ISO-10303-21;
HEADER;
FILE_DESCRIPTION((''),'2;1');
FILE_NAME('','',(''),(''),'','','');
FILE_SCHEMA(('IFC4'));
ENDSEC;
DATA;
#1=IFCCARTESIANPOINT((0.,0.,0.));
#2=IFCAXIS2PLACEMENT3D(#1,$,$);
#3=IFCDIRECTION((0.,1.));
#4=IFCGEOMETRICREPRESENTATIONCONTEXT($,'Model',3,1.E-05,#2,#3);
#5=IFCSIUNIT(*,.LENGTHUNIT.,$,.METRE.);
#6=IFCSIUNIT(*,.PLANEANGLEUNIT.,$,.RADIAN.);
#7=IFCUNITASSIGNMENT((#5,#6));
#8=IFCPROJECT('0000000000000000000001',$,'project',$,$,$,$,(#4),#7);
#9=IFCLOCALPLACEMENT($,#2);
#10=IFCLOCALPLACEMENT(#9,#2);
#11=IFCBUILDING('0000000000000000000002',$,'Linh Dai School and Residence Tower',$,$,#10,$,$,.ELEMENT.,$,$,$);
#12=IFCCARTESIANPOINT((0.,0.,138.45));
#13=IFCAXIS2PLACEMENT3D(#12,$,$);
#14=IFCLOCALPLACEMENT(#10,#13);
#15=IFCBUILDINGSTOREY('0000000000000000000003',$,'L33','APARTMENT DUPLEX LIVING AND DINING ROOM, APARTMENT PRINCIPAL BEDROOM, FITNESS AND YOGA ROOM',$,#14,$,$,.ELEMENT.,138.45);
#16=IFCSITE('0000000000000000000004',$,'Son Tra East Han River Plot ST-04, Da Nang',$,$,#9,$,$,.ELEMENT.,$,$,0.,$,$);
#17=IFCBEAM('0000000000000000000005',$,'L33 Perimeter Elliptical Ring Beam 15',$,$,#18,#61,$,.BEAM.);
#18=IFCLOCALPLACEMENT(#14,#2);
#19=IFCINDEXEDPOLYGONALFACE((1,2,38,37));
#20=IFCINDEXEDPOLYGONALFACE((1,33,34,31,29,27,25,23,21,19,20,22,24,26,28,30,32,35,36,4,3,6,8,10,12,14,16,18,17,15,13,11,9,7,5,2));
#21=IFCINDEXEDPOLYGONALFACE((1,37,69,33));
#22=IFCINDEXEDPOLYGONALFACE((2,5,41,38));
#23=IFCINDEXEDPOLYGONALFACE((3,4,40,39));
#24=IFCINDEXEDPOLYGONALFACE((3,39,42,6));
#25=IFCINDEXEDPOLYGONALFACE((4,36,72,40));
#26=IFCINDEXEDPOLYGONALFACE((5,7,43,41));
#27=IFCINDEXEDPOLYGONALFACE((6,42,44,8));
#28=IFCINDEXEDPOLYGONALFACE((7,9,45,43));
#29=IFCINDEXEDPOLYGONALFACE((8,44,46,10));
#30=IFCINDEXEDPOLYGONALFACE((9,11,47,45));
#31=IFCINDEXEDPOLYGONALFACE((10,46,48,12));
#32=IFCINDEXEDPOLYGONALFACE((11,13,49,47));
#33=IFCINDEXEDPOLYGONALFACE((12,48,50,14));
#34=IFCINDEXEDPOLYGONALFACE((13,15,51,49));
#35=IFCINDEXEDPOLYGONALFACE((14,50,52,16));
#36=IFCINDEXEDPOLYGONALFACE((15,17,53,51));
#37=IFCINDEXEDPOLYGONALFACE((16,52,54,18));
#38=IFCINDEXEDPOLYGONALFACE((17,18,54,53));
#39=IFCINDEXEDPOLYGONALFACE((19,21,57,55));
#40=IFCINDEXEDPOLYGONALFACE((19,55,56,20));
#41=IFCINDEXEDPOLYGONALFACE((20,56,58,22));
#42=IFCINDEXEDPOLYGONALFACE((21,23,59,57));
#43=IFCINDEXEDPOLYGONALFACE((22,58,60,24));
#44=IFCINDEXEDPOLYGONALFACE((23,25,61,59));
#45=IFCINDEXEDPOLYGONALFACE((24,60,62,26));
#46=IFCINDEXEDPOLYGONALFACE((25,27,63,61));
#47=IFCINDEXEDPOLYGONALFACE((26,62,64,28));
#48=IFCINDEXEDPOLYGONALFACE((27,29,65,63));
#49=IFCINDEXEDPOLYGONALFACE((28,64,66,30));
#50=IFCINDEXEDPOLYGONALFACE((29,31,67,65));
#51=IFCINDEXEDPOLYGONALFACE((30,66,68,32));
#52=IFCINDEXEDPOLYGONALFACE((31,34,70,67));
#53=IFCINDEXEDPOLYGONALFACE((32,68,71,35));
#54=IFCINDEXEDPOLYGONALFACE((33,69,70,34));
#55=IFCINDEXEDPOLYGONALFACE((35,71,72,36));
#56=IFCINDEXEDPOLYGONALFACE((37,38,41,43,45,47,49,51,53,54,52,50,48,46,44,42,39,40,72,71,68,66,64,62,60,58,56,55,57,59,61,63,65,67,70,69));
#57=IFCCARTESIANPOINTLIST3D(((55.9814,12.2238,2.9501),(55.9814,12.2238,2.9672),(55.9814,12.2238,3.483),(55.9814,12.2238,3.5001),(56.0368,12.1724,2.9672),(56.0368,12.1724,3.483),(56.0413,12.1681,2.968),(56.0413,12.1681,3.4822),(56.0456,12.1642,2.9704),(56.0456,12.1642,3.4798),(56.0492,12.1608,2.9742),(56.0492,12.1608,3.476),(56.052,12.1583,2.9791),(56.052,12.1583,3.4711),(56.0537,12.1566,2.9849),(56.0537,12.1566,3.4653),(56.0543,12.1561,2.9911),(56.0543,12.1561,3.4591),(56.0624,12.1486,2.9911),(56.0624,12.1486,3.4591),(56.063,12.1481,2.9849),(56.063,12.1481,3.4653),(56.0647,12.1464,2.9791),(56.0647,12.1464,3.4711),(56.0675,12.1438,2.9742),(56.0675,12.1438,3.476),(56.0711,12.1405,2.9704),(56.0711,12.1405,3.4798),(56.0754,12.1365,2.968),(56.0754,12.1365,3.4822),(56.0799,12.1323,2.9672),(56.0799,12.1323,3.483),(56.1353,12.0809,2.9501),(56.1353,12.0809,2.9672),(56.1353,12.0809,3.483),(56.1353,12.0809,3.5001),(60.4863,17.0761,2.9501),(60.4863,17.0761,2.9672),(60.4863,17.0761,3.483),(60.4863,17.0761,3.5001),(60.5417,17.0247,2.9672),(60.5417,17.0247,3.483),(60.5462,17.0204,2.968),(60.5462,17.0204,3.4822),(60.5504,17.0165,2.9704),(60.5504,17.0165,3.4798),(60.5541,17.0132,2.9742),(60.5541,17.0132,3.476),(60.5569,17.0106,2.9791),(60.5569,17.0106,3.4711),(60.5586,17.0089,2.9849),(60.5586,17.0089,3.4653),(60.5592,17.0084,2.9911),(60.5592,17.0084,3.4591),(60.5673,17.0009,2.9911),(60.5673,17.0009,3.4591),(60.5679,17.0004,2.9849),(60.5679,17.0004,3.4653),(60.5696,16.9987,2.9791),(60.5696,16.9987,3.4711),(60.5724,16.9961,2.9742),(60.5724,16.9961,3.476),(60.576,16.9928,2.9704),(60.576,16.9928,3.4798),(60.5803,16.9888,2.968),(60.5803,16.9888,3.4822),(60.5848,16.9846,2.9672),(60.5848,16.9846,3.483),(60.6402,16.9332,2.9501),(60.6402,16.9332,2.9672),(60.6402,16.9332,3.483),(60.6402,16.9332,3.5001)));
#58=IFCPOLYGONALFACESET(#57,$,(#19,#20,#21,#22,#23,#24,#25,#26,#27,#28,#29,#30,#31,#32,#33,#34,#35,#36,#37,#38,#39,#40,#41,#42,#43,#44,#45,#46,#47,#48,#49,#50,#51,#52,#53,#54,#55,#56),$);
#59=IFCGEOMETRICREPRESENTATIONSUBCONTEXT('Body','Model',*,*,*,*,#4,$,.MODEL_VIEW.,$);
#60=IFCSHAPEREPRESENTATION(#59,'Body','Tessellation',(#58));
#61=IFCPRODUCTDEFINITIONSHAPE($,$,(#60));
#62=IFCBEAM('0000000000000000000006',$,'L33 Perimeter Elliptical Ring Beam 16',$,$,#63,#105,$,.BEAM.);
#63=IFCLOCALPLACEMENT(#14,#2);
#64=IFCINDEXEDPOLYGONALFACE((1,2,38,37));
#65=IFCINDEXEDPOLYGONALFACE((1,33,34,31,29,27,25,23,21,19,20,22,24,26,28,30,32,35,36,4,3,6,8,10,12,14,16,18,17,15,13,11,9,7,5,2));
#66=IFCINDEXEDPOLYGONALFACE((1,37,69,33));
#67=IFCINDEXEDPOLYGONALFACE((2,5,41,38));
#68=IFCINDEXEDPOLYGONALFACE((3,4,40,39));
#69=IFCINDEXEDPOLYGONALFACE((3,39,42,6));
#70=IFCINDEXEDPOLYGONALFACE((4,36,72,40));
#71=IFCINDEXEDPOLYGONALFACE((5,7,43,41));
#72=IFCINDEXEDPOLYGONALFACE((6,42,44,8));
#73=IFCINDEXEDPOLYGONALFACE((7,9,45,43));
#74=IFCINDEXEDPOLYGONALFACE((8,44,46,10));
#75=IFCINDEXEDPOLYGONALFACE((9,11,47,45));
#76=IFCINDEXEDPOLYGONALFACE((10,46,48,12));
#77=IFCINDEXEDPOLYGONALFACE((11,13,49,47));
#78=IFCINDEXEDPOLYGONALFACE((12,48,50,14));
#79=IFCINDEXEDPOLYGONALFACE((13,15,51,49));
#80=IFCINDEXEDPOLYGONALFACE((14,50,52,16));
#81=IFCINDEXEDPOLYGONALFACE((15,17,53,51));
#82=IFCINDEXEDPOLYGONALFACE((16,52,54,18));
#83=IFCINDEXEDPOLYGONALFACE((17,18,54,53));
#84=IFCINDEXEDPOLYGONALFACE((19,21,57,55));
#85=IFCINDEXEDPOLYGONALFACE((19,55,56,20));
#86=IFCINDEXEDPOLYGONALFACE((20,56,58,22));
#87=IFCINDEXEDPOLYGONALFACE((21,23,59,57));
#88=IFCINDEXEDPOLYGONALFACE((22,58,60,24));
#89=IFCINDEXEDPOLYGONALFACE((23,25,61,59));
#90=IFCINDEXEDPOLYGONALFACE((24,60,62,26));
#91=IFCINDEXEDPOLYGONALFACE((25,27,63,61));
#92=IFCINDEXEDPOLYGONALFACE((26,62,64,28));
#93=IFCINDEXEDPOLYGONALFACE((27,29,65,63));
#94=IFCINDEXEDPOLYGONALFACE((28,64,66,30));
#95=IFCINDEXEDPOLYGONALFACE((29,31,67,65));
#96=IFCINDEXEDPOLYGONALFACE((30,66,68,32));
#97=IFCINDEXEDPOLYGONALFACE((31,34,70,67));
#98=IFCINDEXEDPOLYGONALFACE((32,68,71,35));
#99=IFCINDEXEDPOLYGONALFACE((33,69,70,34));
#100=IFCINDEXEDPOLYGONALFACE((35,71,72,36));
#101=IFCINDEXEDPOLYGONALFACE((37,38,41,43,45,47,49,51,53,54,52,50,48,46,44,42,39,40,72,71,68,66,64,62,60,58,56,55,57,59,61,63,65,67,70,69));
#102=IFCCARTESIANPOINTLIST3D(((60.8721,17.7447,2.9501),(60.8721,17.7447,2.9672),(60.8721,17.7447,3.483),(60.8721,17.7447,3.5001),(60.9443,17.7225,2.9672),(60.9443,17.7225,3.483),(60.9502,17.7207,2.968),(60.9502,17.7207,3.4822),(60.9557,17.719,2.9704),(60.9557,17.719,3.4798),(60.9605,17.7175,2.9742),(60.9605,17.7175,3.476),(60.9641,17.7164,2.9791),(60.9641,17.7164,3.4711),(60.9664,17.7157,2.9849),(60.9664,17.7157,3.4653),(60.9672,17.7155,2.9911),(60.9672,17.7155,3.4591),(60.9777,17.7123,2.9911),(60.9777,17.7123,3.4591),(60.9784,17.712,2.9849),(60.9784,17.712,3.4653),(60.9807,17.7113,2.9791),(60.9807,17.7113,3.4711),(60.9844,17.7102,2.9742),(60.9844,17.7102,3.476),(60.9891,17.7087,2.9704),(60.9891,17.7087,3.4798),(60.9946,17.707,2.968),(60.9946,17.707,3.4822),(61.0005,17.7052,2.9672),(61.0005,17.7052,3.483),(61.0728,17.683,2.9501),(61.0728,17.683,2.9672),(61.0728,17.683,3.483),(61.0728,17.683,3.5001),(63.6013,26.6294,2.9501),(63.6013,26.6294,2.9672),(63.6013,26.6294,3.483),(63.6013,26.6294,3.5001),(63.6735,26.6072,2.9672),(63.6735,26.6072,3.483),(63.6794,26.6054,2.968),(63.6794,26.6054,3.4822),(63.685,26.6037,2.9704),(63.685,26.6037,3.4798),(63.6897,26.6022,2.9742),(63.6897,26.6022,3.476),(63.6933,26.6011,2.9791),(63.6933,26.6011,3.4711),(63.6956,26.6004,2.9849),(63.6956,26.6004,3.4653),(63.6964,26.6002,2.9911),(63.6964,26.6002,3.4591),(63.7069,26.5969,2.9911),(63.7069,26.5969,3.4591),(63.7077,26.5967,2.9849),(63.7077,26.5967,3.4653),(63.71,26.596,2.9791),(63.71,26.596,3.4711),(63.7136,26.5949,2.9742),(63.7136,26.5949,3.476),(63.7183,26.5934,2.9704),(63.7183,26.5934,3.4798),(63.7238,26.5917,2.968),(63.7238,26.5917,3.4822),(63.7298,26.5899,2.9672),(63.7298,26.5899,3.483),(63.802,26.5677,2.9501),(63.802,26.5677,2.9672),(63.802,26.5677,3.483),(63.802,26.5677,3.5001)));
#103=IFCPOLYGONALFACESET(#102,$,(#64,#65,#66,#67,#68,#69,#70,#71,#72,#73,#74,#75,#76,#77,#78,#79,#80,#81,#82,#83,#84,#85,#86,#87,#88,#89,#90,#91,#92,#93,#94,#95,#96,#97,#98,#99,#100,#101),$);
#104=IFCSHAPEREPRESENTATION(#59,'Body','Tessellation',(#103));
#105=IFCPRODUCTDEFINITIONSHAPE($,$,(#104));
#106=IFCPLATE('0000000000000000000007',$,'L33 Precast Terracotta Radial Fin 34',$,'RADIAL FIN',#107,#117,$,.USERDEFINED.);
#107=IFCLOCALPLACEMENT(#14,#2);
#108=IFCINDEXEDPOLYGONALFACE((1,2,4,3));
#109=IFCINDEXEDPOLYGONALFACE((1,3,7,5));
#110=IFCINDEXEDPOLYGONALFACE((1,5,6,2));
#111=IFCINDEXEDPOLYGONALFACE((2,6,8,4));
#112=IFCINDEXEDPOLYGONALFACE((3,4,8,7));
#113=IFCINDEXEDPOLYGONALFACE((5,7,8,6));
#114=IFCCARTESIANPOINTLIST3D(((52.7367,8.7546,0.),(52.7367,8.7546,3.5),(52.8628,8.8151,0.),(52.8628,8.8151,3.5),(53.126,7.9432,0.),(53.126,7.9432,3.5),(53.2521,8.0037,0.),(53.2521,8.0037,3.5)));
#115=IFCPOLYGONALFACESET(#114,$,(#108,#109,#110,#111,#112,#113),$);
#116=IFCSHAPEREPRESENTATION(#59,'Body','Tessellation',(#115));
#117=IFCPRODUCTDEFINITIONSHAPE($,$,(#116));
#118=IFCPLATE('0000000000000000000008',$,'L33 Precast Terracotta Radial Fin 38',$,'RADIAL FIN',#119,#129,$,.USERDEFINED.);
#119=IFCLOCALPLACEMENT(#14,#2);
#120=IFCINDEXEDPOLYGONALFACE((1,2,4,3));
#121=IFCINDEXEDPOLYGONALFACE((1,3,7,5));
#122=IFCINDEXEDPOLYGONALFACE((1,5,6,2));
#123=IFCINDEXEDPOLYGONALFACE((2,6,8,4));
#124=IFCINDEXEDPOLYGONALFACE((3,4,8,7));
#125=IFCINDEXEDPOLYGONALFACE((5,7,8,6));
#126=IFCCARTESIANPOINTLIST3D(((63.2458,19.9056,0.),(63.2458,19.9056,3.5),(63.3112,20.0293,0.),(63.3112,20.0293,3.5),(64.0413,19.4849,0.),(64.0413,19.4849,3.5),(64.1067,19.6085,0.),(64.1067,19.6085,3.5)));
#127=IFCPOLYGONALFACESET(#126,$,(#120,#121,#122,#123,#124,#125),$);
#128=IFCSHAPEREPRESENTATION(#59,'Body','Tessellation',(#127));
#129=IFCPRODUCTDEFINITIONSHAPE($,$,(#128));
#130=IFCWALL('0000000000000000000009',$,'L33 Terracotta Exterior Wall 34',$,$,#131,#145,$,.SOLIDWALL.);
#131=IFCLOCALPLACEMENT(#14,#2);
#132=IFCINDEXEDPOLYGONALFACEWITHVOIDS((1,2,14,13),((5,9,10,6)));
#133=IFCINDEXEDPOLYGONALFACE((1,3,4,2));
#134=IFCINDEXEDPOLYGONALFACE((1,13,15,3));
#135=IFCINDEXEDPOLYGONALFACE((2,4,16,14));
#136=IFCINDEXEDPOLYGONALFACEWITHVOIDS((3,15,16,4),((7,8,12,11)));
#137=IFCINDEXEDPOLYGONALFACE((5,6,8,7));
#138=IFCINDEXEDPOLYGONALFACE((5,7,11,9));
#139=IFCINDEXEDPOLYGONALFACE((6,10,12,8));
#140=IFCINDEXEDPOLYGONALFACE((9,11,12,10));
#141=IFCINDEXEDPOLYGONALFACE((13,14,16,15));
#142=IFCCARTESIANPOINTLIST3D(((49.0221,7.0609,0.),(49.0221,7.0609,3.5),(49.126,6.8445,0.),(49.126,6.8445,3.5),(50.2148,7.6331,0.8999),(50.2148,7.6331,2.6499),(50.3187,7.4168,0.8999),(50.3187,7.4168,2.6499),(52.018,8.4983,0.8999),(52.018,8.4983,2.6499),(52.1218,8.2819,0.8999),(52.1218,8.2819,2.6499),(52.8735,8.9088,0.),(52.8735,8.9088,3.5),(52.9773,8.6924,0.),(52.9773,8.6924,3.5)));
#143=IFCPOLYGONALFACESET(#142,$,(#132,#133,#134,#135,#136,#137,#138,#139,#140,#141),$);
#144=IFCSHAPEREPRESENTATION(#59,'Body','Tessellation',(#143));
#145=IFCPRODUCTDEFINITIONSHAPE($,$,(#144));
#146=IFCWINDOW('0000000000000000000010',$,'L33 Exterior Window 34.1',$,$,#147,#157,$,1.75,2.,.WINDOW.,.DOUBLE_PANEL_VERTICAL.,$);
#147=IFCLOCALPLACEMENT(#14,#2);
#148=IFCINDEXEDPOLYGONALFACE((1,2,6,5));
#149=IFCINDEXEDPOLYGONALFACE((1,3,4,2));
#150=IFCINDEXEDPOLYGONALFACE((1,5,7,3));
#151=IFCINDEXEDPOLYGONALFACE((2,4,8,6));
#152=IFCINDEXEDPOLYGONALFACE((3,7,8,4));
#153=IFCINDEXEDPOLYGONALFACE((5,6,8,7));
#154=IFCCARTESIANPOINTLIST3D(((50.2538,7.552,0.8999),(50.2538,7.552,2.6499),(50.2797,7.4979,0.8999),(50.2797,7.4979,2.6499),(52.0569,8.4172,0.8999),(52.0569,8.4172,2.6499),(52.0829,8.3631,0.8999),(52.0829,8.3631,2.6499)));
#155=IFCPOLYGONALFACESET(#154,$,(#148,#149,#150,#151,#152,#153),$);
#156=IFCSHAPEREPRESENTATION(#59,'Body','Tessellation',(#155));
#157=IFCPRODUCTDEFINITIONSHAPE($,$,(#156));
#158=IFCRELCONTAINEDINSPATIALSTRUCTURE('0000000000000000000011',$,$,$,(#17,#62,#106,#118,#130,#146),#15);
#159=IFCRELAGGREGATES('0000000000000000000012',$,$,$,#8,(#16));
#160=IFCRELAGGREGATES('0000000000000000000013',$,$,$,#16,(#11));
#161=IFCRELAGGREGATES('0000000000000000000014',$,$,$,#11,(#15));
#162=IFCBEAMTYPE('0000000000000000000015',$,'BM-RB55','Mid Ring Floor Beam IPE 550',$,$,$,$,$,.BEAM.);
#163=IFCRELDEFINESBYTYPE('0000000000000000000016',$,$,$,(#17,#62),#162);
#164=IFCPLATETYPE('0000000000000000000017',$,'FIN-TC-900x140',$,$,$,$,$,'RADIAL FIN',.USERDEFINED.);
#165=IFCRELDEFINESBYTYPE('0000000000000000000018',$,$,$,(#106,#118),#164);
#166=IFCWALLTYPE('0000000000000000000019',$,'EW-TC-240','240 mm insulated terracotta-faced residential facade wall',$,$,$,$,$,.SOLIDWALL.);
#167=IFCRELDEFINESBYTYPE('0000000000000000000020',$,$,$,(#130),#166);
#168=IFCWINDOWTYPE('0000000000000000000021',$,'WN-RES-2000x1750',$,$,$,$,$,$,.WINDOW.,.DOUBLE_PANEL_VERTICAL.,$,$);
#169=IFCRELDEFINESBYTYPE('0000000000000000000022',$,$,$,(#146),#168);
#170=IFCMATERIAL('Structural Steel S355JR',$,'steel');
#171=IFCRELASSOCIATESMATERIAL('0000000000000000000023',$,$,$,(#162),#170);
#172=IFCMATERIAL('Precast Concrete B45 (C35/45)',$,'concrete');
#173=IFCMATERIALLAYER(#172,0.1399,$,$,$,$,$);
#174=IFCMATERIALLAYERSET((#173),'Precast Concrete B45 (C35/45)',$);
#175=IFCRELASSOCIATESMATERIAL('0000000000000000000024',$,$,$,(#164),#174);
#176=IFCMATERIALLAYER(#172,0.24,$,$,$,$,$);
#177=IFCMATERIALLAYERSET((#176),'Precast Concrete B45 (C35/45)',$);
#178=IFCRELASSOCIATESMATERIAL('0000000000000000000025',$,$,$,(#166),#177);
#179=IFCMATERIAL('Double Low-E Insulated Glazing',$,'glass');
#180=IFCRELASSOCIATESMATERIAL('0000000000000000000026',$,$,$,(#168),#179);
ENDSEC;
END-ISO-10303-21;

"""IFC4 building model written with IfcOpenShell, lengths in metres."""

from ifc_helpers import new_model, si_unit, direction, frame, frame_2d, origin, origin_2d, place, context, subcontext, project, spatial, rectangle, i_section, extrude, source, transform, mapped, material, layer, layer_set, material_profile, profile_set, type_object, element, fill, save


model = new_model("IFC4")

# Units and contexts
model_context = context("Model", 3, precision=1e-05, world=origin(), true_north=direction((0.0, 1.0)))
body_context = subcontext(model_context, "Body", "Model", "MODEL_VIEW")
ifc_project = project(units=[si_unit("LENGTHUNIT", "METRE"), si_unit("PLANEANGLEUNIT", "RADIAN")], contexts=[model_context])

# Site, building, storey
site_placement = place(None, origin())
site = spatial("IfcSite", under=ifc_project, at=site_placement, Name="Son Tra East Han River Plot ST-04, Da Nang", CompositionType="ELEMENT", RefElevation=0.0)
building_placement = place(site_placement, origin())
building = spatial("IfcBuilding", under=site, at=building_placement, Name="Linh Dai School and Residence Tower", CompositionType="ELEMENT")
storey_placement = place(building_placement, frame((0.0, 0.0, 138.45)))
storey = spatial("IfcBuildingStorey", under=building, at=storey_placement, Name="L33", Description="APARTMENT DUPLEX LIVING AND DINING ROOM, APARTMENT PRINCIPAL BEDROOM, FITNESS AND YOGA ROOM", CompositionType="ELEMENT", Elevation=138.45)

# Shared definitions
ifc_material_1 = material(Name="Structural Steel S355JR", Category="steel")

# Beams
ifc_material_profile_1 = material_profile(ifc_material_1, i_section(OverallWidth=0.21, OverallDepth=0.55, WebThickness=0.011, FlangeThickness=0.0171, FilletRadius=0.0239, at=origin_2d()), Name="IPE 550")
ifc_profile_set_1 = profile_set([ifc_material_profile_1], Name="Structural Steel S355JR")
beam_type = type_object("IfcBeamType", Name="BM-RB55", Description="Mid Ring Floor Beam IPE 550", PredefinedType="BEAM", material=ifc_profile_set_1)
beam_1_placement = place(storey_placement, frame((56.0583, 12.1523, 3.2251), z_axis=(0.680385, 0.732855, 0.0), x_axis=(-0.732855, 0.680385, 0.0)))
element("IfcBeam", 1, at=beam_1_placement, inside=storey, type_object=beam_type, Name="L33 Perimeter Elliptical Ring Beam 15", PredefinedType="BEAM", context=body_context, shape_type="SweptSolid", body=[
    extrude(i_section(OverallWidth=0.21, OverallDepth=0.55, WebThickness=0.011, FlangeThickness=0.0171, FilletRadius=0.0239, at=origin_2d()), origin(), (0.0, 0.0, 1.0), 6.6211),
])
beam_2_placement = place(storey_placement, frame((60.9724, 17.7139, 3.2251), z_axis=(0.293641, 0.955916, 0.0), x_axis=(-0.955916, 0.293641, 0.0)))
element("IfcBeam", 2, at=beam_2_placement, inside=storey, type_object=beam_type, Name="L33 Perimeter Elliptical Ring Beam 16", PredefinedType="BEAM", context=body_context, shape_type="SweptSolid", body=[
    extrude(i_section(OverallWidth=0.21, OverallDepth=0.55, WebThickness=0.011, FlangeThickness=0.0171, FilletRadius=0.0239, at=origin_2d()), origin(), (0.0, 0.0, 1.0), 9.2944),
])

# Plates
ifc_material_2 = material(Name="Precast Concrete B45 (C35/45)", Category="concrete")
ifc_layer_1 = layer(ifc_material_2, 0.1399)
ifc_layer_set_1 = layer_set([ifc_layer_1], Name="Precast Concrete B45 (C35/45)")
plate_type = type_object("IfcPlateType", Name="FIN-TC-900x140", ElementType="RADIAL FIN", PredefinedType="USERDEFINED", material=ifc_layer_set_1)
shared_shape_1 = source(origin(), body_context, "Body", "SweptSolid", [
    extrude(rectangle(XDim=0.8999, YDim=0.1399, at=origin_2d()), origin(), (0.0, 0.0, 1.0), 3.5),
])
for number, where, z_axis, x_axis, name in (
    (3, (52.9944, 8.3792, 0.0), (0.0, 0.0, 1.0), (0.432618, -0.901578, 0.0), "L33 Precast Terracotta Radial Fin 34"),
    (4, (63.6763, 19.7571, 0.0), (0.0, 0.0, 1.0), (0.883942, -0.467596, 0.0), "L33 Precast Terracotta Radial Fin 38"),
):
    element("IfcPlate", number, at=place(storey_placement, frame(where, z_axis=z_axis, x_axis=x_axis)), inside=storey, type_object=plate_type, Name=name, ObjectType="RADIAL FIN", PredefinedType="USERDEFINED", context=body_context, shape_type="MappedRepresentation", body=[
        mapped(shared_shape_1, transform((0.0, 0.0, 0.0), x_axis=(1.0, 0.0, 0.0), y_axis=(0.0, 1.0, 0.0), z_axis=(0.0, 0.0, 1.0), scale=1.0)),
    ])

# Wall, opening, window
ifc_layer_2 = layer(ifc_material_2, 0.24)
ifc_layer_set_2 = layer_set([ifc_layer_2], Name="Precast Concrete B45 (C35/45)")
wall_type_1 = type_object("IfcWallType", Name="EW-TC-240", Description="240 mm insulated terracotta-faced residential facade wall", PredefinedType="SOLIDWALL", material=ifc_layer_set_2)
wall_1_placement = place(storey_placement, frame((52.9253, 8.8005, 0.0), z_axis=(0.0, 0.0, 1.0), x_axis=(-0.90159, -0.432592, 0.0)))
wall_1 = element("IfcWall", 5, at=wall_1_placement, inside=storey, type_object=wall_type_1, Name="L33 Terracotta Exterior Wall 34", PredefinedType="SOLIDWALL", context=body_context, shape_type="SweptSolid", body=[
    extrude(rectangle(XDim=4.2717, YDim=0.24, at=frame_2d((2.1357, 0.0))), origin(), (0.0, 0.0, 1.0), 3.5),
])
opening_1_placement = place(wall_1_placement, frame((0.9487, 0.0, 0.8999)))
opening_1 = element("IfcOpeningElement", 6, at=opening_1_placement, cuts=wall_1, PredefinedType="OPENING", context=body_context, shape_type="SweptSolid", body=[
    extrude(rectangle(XDim=2.0, YDim=1.75, at=origin_2d()), frame((1.0, 0.1299, 0.875), z_axis=(0.0, -1.0, 0.0), x_axis=(1.0, 0.0, 0.0)), (0.0, 0.0, 1.0), 0.26),
])
ifc_material_3 = material(Name="Double Low-E Insulated Glazing", Category="glass")
window_type_1 = type_object("IfcWindowType", Name="WN-RES-2000x1750", PartitioningType="DOUBLE_PANEL_VERTICAL", PredefinedType="WINDOW", material=ifc_material_3)
shared_shape_2 = source(origin(), body_context, "Body", "SweptSolid", [
    extrude(rectangle(XDim=2.0, YDim=1.75, at=origin_2d()), frame((1.0, 0.03, 0.875), z_axis=(0.0, -1.0, 0.0), x_axis=(1.0, 0.0, 0.0)), (0.0, 0.0, 1.0), 0.0601),
])
window_1_placement = place(opening_1_placement, origin())
window_1 = element("IfcWindow", 7, at=window_1_placement, inside=storey, type_object=window_type_1, Name="L33 Exterior Window 34.1", OverallHeight=1.75, OverallWidth=2.0, PartitioningType="DOUBLE_PANEL_VERTICAL", PredefinedType="WINDOW", context=body_context, shape_type="MappedRepresentation", body=[
    mapped(shared_shape_2, transform((0.0, 0.0, 0.0), x_axis=(1.0, 0.0, 0.0), y_axis=(0.0, 1.0, 0.0), z_axis=(0.0, 0.0, 1.0), scale=1.0)),
])
fill(opening_1, window_1)

save(model, "model.ifc")
